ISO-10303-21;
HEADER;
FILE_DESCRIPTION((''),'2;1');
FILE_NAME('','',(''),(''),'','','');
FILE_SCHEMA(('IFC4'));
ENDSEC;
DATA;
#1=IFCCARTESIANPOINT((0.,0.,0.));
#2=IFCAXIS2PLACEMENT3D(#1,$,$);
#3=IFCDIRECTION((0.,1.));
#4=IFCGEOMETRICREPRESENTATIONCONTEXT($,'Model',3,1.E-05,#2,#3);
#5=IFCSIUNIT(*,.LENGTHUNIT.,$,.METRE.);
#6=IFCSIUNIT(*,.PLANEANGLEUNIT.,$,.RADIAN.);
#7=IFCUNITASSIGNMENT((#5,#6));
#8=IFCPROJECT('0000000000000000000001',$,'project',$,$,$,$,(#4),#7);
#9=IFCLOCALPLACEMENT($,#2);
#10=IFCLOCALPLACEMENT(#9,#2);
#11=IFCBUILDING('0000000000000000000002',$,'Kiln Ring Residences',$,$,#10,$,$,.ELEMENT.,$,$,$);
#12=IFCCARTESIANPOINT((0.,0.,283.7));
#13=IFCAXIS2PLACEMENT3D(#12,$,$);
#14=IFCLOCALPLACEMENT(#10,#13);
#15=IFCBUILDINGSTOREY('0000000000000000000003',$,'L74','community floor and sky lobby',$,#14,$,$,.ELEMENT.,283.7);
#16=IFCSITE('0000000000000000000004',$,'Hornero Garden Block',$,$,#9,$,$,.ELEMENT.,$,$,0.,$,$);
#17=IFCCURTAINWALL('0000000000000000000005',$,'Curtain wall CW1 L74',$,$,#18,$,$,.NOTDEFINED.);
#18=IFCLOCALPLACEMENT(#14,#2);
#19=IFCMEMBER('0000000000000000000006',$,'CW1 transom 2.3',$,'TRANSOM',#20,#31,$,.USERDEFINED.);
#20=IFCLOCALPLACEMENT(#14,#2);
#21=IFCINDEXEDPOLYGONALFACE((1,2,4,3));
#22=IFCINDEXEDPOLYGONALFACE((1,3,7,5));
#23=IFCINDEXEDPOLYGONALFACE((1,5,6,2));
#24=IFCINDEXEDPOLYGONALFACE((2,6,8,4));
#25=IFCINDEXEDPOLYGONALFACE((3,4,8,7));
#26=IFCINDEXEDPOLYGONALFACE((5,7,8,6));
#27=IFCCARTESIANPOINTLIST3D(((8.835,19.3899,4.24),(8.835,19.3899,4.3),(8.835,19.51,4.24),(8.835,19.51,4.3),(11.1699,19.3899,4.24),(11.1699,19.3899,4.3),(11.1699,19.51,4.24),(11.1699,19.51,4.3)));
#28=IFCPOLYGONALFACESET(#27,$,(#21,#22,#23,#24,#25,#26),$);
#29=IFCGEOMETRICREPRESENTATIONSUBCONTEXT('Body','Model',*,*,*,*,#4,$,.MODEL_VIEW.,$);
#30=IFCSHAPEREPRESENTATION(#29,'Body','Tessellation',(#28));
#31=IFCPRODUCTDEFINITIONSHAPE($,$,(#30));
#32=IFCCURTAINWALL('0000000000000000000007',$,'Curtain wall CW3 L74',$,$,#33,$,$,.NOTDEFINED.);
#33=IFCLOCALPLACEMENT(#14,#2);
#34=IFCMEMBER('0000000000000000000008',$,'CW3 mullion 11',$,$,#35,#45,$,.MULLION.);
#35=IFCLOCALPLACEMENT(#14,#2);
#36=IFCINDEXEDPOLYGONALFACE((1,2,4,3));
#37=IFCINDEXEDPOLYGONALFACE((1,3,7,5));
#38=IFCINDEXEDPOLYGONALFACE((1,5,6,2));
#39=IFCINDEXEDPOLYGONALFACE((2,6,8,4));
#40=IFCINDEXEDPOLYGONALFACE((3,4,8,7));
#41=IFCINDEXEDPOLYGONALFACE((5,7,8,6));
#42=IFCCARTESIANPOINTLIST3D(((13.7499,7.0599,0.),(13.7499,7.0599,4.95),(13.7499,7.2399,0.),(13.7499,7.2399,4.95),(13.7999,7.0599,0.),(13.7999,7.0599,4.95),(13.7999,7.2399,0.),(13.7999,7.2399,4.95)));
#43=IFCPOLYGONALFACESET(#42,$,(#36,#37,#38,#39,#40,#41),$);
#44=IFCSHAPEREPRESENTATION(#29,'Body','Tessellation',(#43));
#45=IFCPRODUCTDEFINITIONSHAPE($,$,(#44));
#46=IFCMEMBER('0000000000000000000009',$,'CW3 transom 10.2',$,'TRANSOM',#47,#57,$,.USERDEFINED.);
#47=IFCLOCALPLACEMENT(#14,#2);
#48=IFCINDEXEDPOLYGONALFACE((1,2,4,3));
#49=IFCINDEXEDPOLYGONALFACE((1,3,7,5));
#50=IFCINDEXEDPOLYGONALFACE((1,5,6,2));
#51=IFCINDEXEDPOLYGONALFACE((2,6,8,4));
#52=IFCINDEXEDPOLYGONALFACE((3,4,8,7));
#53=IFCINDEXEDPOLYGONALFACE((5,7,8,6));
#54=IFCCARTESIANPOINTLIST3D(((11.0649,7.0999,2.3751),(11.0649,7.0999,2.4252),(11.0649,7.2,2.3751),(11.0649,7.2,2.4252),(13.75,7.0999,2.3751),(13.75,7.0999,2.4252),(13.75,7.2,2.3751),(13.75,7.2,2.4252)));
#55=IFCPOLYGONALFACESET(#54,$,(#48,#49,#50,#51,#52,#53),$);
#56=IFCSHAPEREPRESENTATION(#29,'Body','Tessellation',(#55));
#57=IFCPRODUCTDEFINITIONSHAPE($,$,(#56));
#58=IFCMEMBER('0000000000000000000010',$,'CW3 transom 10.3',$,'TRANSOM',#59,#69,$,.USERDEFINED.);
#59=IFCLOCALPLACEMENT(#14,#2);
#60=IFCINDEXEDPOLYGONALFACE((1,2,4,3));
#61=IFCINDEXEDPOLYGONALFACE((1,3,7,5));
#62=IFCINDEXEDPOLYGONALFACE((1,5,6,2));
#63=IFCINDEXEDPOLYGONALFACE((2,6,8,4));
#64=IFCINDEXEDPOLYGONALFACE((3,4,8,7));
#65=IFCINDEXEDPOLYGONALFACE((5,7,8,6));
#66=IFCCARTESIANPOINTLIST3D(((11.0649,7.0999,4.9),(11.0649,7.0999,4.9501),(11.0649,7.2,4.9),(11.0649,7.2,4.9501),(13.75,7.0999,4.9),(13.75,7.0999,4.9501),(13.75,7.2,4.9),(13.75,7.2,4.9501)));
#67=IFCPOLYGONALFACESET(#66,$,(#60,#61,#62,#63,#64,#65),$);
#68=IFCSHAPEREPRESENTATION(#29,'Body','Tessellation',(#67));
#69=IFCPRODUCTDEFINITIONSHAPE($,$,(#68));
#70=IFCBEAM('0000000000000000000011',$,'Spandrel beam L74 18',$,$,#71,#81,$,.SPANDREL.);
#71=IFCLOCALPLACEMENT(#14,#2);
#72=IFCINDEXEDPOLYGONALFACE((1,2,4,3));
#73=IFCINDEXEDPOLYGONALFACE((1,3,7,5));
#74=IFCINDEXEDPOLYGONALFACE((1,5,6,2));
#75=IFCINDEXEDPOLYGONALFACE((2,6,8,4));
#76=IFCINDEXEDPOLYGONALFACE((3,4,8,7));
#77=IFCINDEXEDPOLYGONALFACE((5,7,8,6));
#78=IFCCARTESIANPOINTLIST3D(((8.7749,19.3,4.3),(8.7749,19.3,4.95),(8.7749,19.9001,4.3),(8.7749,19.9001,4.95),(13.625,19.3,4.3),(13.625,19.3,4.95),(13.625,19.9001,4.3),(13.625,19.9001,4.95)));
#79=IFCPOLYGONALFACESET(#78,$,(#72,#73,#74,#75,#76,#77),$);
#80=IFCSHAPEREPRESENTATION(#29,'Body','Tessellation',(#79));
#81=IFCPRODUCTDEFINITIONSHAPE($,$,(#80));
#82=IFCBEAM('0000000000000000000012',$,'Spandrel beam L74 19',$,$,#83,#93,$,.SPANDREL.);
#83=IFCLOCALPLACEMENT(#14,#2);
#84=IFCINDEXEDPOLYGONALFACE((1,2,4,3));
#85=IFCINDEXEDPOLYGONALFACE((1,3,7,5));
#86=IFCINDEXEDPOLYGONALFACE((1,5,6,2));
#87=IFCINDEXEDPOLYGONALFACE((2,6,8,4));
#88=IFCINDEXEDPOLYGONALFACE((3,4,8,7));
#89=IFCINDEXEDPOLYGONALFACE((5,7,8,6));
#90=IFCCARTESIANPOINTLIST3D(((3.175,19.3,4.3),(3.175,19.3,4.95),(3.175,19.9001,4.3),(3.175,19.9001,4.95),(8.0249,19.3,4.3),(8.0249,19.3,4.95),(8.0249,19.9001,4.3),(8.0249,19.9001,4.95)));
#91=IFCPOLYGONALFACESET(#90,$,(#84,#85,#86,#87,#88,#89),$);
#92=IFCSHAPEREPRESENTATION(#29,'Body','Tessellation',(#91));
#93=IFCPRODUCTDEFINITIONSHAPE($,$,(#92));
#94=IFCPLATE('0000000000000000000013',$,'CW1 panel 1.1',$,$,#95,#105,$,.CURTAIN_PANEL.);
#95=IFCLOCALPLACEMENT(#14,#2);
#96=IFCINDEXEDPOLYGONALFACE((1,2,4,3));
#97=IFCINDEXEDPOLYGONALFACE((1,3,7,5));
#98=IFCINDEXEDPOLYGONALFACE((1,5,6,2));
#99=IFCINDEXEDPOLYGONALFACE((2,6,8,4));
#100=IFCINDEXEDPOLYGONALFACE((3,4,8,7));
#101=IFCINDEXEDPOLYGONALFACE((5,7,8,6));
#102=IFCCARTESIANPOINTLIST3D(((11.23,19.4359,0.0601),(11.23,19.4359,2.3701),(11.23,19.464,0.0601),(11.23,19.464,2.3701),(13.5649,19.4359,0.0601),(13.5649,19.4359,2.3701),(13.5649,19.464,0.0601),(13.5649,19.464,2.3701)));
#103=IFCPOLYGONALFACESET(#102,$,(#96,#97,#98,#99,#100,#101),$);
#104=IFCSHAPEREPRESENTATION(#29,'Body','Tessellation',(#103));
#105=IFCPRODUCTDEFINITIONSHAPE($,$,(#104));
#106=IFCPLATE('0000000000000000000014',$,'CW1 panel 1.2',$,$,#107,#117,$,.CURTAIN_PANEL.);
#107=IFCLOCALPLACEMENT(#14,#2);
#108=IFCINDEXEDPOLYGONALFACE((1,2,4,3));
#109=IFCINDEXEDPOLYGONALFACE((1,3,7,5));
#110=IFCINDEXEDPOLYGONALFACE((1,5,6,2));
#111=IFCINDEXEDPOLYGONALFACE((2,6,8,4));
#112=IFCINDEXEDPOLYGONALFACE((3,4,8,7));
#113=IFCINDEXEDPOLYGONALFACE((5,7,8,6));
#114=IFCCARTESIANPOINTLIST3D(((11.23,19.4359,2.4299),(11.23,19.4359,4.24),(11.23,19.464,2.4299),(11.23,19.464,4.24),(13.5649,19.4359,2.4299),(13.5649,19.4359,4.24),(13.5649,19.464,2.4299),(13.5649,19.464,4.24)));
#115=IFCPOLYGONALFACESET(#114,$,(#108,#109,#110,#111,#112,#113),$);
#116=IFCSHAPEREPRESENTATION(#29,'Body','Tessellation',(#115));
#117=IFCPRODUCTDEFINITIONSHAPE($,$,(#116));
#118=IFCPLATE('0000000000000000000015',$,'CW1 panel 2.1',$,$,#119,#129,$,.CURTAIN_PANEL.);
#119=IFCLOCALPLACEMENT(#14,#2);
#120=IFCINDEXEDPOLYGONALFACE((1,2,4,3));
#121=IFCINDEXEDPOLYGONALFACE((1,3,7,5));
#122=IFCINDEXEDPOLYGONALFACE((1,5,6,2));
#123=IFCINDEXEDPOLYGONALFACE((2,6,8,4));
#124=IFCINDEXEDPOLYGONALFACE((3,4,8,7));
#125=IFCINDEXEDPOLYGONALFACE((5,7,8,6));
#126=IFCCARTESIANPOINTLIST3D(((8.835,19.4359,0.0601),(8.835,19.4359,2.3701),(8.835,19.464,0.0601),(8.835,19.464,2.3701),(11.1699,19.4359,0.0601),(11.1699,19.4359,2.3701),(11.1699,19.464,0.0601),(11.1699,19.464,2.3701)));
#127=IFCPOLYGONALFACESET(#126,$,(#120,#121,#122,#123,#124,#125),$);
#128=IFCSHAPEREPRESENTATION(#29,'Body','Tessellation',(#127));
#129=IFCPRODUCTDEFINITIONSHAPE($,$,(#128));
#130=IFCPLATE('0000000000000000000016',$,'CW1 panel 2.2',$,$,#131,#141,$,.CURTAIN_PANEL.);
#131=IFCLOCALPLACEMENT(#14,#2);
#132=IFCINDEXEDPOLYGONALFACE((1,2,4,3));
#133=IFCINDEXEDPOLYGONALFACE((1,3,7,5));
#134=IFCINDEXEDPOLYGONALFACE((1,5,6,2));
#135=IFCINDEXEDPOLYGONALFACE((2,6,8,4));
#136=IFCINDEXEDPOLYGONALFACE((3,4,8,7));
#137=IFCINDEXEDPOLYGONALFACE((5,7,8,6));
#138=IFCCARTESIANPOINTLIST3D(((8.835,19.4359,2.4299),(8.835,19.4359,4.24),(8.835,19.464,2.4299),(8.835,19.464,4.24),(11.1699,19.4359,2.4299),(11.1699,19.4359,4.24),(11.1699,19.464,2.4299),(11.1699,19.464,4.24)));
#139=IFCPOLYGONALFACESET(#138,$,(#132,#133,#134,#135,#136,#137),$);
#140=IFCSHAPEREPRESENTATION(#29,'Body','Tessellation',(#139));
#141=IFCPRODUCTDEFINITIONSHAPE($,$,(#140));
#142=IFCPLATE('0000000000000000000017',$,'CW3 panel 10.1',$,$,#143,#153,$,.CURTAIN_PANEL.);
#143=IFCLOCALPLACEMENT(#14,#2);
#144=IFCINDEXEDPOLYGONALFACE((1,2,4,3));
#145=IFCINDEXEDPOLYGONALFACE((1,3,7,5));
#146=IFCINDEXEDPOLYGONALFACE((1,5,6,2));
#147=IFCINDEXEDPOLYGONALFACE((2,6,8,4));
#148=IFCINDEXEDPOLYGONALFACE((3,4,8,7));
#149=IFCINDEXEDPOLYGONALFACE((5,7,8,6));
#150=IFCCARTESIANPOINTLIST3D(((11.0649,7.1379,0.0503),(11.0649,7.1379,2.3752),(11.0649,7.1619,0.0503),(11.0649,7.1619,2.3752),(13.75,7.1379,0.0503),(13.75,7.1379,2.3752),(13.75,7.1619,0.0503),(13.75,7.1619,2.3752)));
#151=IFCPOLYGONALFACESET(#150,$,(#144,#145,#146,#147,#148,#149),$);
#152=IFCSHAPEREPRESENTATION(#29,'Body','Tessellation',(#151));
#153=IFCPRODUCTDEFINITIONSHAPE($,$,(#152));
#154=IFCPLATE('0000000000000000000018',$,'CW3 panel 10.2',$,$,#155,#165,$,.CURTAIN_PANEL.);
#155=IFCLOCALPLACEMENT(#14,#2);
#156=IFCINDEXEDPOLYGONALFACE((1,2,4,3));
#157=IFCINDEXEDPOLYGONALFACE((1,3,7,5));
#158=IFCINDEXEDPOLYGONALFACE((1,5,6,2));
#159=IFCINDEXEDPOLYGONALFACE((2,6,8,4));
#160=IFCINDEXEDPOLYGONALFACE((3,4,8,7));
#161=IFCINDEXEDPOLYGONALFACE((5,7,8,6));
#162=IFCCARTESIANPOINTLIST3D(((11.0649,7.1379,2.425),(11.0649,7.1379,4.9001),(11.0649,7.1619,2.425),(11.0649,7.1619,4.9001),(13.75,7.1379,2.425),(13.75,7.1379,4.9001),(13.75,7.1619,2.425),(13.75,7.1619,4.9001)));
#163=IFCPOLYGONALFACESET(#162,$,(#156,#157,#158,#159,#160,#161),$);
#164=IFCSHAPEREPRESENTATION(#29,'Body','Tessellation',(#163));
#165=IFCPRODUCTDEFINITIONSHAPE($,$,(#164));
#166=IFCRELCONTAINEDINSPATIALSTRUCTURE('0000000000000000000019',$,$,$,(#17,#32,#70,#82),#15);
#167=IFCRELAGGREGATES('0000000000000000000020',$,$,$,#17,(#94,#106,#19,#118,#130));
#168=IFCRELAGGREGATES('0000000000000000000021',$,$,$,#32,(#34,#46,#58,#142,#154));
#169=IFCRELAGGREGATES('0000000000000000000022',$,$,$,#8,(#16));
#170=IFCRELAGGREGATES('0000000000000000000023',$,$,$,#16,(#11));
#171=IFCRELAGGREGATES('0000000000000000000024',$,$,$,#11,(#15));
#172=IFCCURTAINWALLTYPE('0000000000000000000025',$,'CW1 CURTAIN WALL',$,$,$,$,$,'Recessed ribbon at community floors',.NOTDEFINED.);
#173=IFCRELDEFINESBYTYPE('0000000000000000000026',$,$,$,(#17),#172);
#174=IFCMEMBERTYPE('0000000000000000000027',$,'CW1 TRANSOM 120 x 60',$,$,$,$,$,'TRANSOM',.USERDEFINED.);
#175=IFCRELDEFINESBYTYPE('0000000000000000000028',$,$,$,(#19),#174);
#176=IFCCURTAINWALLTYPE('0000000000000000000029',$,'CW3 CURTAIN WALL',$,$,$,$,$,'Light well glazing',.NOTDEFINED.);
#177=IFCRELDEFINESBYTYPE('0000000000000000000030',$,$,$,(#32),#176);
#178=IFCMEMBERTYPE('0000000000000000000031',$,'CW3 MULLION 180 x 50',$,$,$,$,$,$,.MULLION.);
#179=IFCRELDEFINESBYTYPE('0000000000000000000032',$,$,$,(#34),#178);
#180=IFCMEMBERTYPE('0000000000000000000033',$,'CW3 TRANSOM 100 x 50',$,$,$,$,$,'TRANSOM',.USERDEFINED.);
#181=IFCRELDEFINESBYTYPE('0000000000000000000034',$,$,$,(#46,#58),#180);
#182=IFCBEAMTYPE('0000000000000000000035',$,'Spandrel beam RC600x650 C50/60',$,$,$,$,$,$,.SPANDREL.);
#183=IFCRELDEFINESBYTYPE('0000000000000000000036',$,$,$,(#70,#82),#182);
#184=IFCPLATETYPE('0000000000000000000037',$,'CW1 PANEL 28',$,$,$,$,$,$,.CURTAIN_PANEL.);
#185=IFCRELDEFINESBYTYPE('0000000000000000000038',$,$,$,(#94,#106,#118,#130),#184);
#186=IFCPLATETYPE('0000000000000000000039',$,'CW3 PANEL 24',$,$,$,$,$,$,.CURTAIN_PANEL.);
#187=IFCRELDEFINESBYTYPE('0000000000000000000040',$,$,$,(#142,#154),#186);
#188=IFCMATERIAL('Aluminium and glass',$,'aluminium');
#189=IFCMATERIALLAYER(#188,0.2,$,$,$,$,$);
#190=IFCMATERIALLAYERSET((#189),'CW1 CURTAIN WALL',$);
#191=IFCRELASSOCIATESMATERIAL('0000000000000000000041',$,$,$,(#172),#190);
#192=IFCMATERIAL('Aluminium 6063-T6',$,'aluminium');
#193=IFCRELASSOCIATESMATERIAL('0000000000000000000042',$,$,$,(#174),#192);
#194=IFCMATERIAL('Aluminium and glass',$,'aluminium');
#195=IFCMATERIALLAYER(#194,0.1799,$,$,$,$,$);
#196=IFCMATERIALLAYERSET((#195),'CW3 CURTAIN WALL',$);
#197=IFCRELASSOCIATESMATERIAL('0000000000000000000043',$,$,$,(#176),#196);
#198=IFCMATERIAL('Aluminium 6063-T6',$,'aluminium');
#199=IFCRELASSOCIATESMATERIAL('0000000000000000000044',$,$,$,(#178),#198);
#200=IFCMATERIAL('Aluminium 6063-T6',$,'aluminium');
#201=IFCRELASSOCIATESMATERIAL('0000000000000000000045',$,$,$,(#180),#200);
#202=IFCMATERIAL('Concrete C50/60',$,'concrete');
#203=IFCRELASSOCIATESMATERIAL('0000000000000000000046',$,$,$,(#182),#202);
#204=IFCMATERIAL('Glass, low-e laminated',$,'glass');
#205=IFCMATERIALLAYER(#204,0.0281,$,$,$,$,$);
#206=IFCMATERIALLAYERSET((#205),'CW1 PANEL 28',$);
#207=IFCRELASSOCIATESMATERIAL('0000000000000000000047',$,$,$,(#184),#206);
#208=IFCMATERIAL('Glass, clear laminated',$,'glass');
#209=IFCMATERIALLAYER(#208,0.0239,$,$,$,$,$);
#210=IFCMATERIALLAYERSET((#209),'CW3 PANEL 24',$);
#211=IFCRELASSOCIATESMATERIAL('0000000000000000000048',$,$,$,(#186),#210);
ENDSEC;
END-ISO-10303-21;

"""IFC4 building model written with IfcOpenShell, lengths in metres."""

from ifc_helpers import new_model, si_unit, direction, frame, origin, origin_2d, place, context, subcontext, project, spatial, rectangle, extrude, material, layer, layer_set, material_profile, profile_set, type_object, element, aggregate, save


model = new_model("IFC4")

# Units and contexts
model_context = context("Model", 3, precision=1e-05, world=origin(), true_north=direction((0.0, 1.0)))
body_context = subcontext(model_context, "Body", "Model", "MODEL_VIEW")
ifc_project = project(units=[si_unit("LENGTHUNIT", "METRE"), si_unit("PLANEANGLEUNIT", "RADIAN")], contexts=[model_context])

# Site, building, storey
site_placement = place(None, origin())
site = spatial("IfcSite", under=ifc_project, at=site_placement, Name="Hornero Garden Block", CompositionType="ELEMENT", RefElevation=0.0)
building_placement = place(site_placement, origin())
building = spatial("IfcBuilding", under=site, at=building_placement, Name="Kiln Ring Residences", CompositionType="ELEMENT")
storey_placement = place(building_placement, frame((0.0, 0.0, 283.7)))
storey = spatial("IfcBuildingStorey", under=building, at=storey_placement, Name="L74", Description="community floor and sky lobby", CompositionType="ELEMENT", Elevation=283.7)

# Shared definitions
ifc_material_1 = material(Name="Aluminium and glass", Category="aluminium")
ifc_layer_1 = layer(ifc_material_1, 0.2)
ifc_layer_set_1 = layer_set([ifc_layer_1], Name="CW1 CURTAIN WALL")
curtain_wall_type_1 = type_object("IfcCurtainWallType", Name="CW1 CURTAIN WALL", ElementType="Recessed ribbon at community floors", PredefinedType="NOTDEFINED", material=ifc_layer_set_1)
placement = place(storey_placement, origin())

# Curtain wall
curtain_wall_1 = element("IfcCurtainWall", 1, at=placement, inside=storey, type_object=curtain_wall_type_1, Name="Curtain wall CW1 L74", PredefinedType="NOTDEFINED")

# Member
ifc_material_2 = material(Name="Aluminium 6063-T6", Category="aluminium")
ifc_material_profile_1 = material_profile(ifc_material_2, rectangle(XDim=0.1201, YDim=0.0601, at=origin_2d()), Name="AL 120x60")
ifc_profile_set_1 = profile_set([ifc_material_profile_1], Name="Aluminium 6063-T6")
member_type_1 = type_object("IfcMemberType", Name="CW1 TRANSOM 120 x 60", ElementType="TRANSOM", PredefinedType="USERDEFINED", material=ifc_profile_set_1)
member_1_placement = place(storey_placement, frame((11.1699, 19.45, 4.27), z_axis=(-1.0, 0.0, 0.0), x_axis=(0.0, -1.0, 0.0)))
member_1 = element("IfcMember", 2, at=member_1_placement, type_object=member_type_1, Name="CW1 transom 2.3", ObjectType="TRANSOM", PredefinedType="USERDEFINED", context=body_context, shape_type="SweptSolid", body=[
    extrude(rectangle(XDim=0.1201, YDim=0.0601, at=origin_2d()), origin(), (0.0, 0.0, 1.0), 2.335),
])

# Curtain wall, members
ifc_material_3 = material(Name="Aluminium and glass", Category="aluminium")
ifc_layer_2 = layer(ifc_material_3, 0.1799)
ifc_layer_set_2 = layer_set([ifc_layer_2], Name="CW3 CURTAIN WALL")
curtain_wall_type_2 = type_object("IfcCurtainWallType", Name="CW3 CURTAIN WALL", ElementType="Light well glazing", PredefinedType="NOTDEFINED", material=ifc_layer_set_2)
curtain_wall_2 = element("IfcCurtainWall", 3, at=placement, inside=storey, type_object=curtain_wall_type_2, Name="Curtain wall CW3 L74", PredefinedType="NOTDEFINED")
ifc_material_4 = material(Name="Aluminium 6063-T6", Category="aluminium")
ifc_material_profile_2 = material_profile(ifc_material_4, rectangle(XDim=0.1799, YDim=0.05, at=origin_2d()), Name="AL 180x50")
ifc_profile_set_2 = profile_set([ifc_material_profile_2], Name="Aluminium 6063-T6")
member_type_2 = type_object("IfcMemberType", Name="CW3 MULLION 180 x 50", PredefinedType="MULLION", material=ifc_profile_set_2)
member_2_placement = place(storey_placement, frame((13.7749, 7.1499, 0.0), z_axis=(0.0, 0.0, 1.0), x_axis=(0.0, 1.0, 0.0)))
member_2 = element("IfcMember", 4, at=member_2_placement, type_object=member_type_2, Name="CW3 mullion 11", PredefinedType="MULLION", context=body_context, shape_type="SweptSolid", body=[
    extrude(rectangle(XDim=0.1799, YDim=0.05, at=origin_2d()), origin(), (0.0, 0.0, 1.0), 4.95),
])
ifc_material_5 = material(Name="Aluminium 6063-T6", Category="aluminium")
ifc_material_profile_3 = material_profile(ifc_material_5, rectangle(XDim=0.1001, YDim=0.05, at=origin_2d()), Name="AL 100x50")
ifc_profile_set_3 = profile_set([ifc_material_profile_3], Name="Aluminium 6063-T6")
member_type_3 = type_object("IfcMemberType", Name="CW3 TRANSOM 100 x 50", ElementType="TRANSOM", PredefinedType="USERDEFINED", material=ifc_profile_set_3)
member_3_placement = place(storey_placement, frame((11.0649, 7.1499, 2.4001), z_axis=(1.0, 0.0, 0.0), x_axis=(0.0, 1.0, 0.0)))
member_3 = element("IfcMember", 5, at=member_3_placement, type_object=member_type_3, Name="CW3 transom 10.2", ObjectType="TRANSOM", PredefinedType="USERDEFINED", context=body_context, shape_type="SweptSolid", body=[
    extrude(rectangle(XDim=0.1001, YDim=0.05, at=origin_2d()), origin(), (0.0, 0.0, 1.0), 2.6851),
])
member_4_placement = place(storey_placement, frame((11.0649, 7.1499, 4.925), z_axis=(1.0, 0.0, 0.0), x_axis=(0.0, 1.0, 0.0)))
member_4 = element("IfcMember", 6, at=member_4_placement, type_object=member_type_3, Name="CW3 transom 10.3", ObjectType="TRANSOM", PredefinedType="USERDEFINED", context=body_context, shape_type="SweptSolid", body=[
    extrude(rectangle(XDim=0.1001, YDim=0.05, at=origin_2d()), origin(), (0.0, 0.0, 1.0), 2.6851),
])

# Beams
ifc_material_6 = material(Name="Concrete C50/60", Category="concrete")
ifc_material_profile_4 = material_profile(ifc_material_6, rectangle(XDim=0.6001, YDim=0.6499, at=origin_2d()), Name="RC600x650")
ifc_profile_set_4 = profile_set([ifc_material_profile_4], Name="Concrete C50/60")
beam_type = type_object("IfcBeamType", Name="Spandrel beam RC600x650 C50/60", PredefinedType="SPANDREL", material=ifc_profile_set_4)
beam_1_placement = place(storey_placement, frame((13.625, 19.6001, 4.625), z_axis=(-1.0, 0.0, 0.0), x_axis=(0.0, -1.0, 0.0)))
element("IfcBeam", 7, at=beam_1_placement, inside=storey, type_object=beam_type, Name="Spandrel beam L74 18", PredefinedType="SPANDREL", context=body_context, shape_type="SweptSolid", body=[
    extrude(rectangle(XDim=0.6001, YDim=0.6499, at=origin_2d()), origin(), (0.0, 0.0, 1.0), 4.8501),
])
beam_2_placement = place(storey_placement, frame((8.0249, 19.6001, 4.625), z_axis=(-1.0, 0.0, 0.0), x_axis=(0.0, -1.0, 0.0)))
element("IfcBeam", 8, at=beam_2_placement, inside=storey, type_object=beam_type, Name="Spandrel beam L74 19", PredefinedType="SPANDREL", context=body_context, shape_type="SweptSolid", body=[
    extrude(rectangle(XDim=0.6001, YDim=0.6499, at=origin_2d()), origin(), (0.0, 0.0, 1.0), 4.8499),
])

# Plates
ifc_material_7 = material(Name="Glass, low-e laminated", Category="glass")
ifc_layer_3 = layer(ifc_material_7, 0.0281)
ifc_layer_set_3 = layer_set([ifc_layer_3], Name="CW1 PANEL 28")
plate_type_1 = type_object("IfcPlateType", Name="CW1 PANEL 28", PredefinedType="CURTAIN_PANEL", material=ifc_layer_set_3)
plate_1_placement = place(storey_placement, frame((12.3975, 19.45, 0.0601), z_axis=(0.0, 0.0, 1.0), x_axis=(-1.0, 0.0, 0.0)))
plate_1 = element("IfcPlate", 9, at=plate_1_placement, type_object=plate_type_1, Name="CW1 panel 1.1", PredefinedType="CURTAIN_PANEL", context=body_context, shape_type="SweptSolid", body=[
    extrude(rectangle(XDim=2.335, YDim=0.0281, at=origin_2d()), origin(), (0.0, 0.0, 1.0), 2.3101),
])
plate_2_placement = place(storey_placement, frame((12.3975, 19.45, 2.4299), z_axis=(0.0, 0.0, 1.0), x_axis=(-1.0, 0.0, 0.0)))
plate_2 = element("IfcPlate", 10, at=plate_2_placement, type_object=plate_type_1, Name="CW1 panel 1.2", PredefinedType="CURTAIN_PANEL", context=body_context, shape_type="SweptSolid", body=[
    extrude(rectangle(XDim=2.335, YDim=0.0281, at=origin_2d()), origin(), (0.0, 0.0, 1.0), 1.8101),
])
plate_3_placement = place(storey_placement, frame((10.0024, 19.45, 0.0601), z_axis=(0.0, 0.0, 1.0), x_axis=(-1.0, 0.0, 0.0)))
plate_3 = element("IfcPlate", 11, at=plate_3_placement, type_object=plate_type_1, Name="CW1 panel 2.1", PredefinedType="CURTAIN_PANEL", context=body_context, shape_type="SweptSolid", body=[
    extrude(rectangle(XDim=2.335, YDim=0.0281, at=origin_2d()), origin(), (0.0, 0.0, 1.0), 2.3101),
])
plate_4_placement = place(storey_placement, frame((10.0024, 19.45, 2.4299), z_axis=(0.0, 0.0, 1.0), x_axis=(-1.0, 0.0, 0.0)))
plate_4 = element("IfcPlate", 12, at=plate_4_placement, type_object=plate_type_1, Name="CW1 panel 2.2", PredefinedType="CURTAIN_PANEL", context=body_context, shape_type="SweptSolid", body=[
    extrude(rectangle(XDim=2.335, YDim=0.0281, at=origin_2d()), origin(), (0.0, 0.0, 1.0), 1.8101),
])
aggregate(curtain_wall_1, [plate_1, plate_2, member_1, plate_3, plate_4])
ifc_material_8 = material(Name="Glass, clear laminated", Category="glass")
ifc_layer_4 = layer(ifc_material_8, 0.0239)
ifc_layer_set_4 = layer_set([ifc_layer_4], Name="CW3 PANEL 24")
plate_type_2 = type_object("IfcPlateType", Name="CW3 PANEL 24", PredefinedType="CURTAIN_PANEL", material=ifc_layer_set_4)
plate_5_placement = place(storey_placement, frame((12.4075, 7.1499, 0.0503), z_axis=(0.0, 0.0, 1.0), x_axis=(1.0, 0.0, 0.0)))
plate_5 = element("IfcPlate", 13, at=plate_5_placement, type_object=plate_type_2, Name="CW3 panel 10.1", PredefinedType="CURTAIN_PANEL", context=body_context, shape_type="SweptSolid", body=[
    extrude(rectangle(XDim=2.6851, YDim=0.0239, at=origin_2d()), origin(), (0.0, 0.0, 1.0), 2.325),
])
plate_6_placement = place(storey_placement, frame((12.4075, 7.1499, 2.425), z_axis=(0.0, 0.0, 1.0), x_axis=(1.0, 0.0, 0.0)))
plate_6 = element("IfcPlate", 14, at=plate_6_placement, type_object=plate_type_2, Name="CW3 panel 10.2", PredefinedType="CURTAIN_PANEL", context=body_context, shape_type="SweptSolid", body=[
    extrude(rectangle(XDim=2.6851, YDim=0.0239, at=origin_2d()), origin(), (0.0, 0.0, 1.0), 2.4751),
])
aggregate(curtain_wall_2, [member_2, member_3, member_4, plate_5, plate_6])

save(model, "model.ifc")
